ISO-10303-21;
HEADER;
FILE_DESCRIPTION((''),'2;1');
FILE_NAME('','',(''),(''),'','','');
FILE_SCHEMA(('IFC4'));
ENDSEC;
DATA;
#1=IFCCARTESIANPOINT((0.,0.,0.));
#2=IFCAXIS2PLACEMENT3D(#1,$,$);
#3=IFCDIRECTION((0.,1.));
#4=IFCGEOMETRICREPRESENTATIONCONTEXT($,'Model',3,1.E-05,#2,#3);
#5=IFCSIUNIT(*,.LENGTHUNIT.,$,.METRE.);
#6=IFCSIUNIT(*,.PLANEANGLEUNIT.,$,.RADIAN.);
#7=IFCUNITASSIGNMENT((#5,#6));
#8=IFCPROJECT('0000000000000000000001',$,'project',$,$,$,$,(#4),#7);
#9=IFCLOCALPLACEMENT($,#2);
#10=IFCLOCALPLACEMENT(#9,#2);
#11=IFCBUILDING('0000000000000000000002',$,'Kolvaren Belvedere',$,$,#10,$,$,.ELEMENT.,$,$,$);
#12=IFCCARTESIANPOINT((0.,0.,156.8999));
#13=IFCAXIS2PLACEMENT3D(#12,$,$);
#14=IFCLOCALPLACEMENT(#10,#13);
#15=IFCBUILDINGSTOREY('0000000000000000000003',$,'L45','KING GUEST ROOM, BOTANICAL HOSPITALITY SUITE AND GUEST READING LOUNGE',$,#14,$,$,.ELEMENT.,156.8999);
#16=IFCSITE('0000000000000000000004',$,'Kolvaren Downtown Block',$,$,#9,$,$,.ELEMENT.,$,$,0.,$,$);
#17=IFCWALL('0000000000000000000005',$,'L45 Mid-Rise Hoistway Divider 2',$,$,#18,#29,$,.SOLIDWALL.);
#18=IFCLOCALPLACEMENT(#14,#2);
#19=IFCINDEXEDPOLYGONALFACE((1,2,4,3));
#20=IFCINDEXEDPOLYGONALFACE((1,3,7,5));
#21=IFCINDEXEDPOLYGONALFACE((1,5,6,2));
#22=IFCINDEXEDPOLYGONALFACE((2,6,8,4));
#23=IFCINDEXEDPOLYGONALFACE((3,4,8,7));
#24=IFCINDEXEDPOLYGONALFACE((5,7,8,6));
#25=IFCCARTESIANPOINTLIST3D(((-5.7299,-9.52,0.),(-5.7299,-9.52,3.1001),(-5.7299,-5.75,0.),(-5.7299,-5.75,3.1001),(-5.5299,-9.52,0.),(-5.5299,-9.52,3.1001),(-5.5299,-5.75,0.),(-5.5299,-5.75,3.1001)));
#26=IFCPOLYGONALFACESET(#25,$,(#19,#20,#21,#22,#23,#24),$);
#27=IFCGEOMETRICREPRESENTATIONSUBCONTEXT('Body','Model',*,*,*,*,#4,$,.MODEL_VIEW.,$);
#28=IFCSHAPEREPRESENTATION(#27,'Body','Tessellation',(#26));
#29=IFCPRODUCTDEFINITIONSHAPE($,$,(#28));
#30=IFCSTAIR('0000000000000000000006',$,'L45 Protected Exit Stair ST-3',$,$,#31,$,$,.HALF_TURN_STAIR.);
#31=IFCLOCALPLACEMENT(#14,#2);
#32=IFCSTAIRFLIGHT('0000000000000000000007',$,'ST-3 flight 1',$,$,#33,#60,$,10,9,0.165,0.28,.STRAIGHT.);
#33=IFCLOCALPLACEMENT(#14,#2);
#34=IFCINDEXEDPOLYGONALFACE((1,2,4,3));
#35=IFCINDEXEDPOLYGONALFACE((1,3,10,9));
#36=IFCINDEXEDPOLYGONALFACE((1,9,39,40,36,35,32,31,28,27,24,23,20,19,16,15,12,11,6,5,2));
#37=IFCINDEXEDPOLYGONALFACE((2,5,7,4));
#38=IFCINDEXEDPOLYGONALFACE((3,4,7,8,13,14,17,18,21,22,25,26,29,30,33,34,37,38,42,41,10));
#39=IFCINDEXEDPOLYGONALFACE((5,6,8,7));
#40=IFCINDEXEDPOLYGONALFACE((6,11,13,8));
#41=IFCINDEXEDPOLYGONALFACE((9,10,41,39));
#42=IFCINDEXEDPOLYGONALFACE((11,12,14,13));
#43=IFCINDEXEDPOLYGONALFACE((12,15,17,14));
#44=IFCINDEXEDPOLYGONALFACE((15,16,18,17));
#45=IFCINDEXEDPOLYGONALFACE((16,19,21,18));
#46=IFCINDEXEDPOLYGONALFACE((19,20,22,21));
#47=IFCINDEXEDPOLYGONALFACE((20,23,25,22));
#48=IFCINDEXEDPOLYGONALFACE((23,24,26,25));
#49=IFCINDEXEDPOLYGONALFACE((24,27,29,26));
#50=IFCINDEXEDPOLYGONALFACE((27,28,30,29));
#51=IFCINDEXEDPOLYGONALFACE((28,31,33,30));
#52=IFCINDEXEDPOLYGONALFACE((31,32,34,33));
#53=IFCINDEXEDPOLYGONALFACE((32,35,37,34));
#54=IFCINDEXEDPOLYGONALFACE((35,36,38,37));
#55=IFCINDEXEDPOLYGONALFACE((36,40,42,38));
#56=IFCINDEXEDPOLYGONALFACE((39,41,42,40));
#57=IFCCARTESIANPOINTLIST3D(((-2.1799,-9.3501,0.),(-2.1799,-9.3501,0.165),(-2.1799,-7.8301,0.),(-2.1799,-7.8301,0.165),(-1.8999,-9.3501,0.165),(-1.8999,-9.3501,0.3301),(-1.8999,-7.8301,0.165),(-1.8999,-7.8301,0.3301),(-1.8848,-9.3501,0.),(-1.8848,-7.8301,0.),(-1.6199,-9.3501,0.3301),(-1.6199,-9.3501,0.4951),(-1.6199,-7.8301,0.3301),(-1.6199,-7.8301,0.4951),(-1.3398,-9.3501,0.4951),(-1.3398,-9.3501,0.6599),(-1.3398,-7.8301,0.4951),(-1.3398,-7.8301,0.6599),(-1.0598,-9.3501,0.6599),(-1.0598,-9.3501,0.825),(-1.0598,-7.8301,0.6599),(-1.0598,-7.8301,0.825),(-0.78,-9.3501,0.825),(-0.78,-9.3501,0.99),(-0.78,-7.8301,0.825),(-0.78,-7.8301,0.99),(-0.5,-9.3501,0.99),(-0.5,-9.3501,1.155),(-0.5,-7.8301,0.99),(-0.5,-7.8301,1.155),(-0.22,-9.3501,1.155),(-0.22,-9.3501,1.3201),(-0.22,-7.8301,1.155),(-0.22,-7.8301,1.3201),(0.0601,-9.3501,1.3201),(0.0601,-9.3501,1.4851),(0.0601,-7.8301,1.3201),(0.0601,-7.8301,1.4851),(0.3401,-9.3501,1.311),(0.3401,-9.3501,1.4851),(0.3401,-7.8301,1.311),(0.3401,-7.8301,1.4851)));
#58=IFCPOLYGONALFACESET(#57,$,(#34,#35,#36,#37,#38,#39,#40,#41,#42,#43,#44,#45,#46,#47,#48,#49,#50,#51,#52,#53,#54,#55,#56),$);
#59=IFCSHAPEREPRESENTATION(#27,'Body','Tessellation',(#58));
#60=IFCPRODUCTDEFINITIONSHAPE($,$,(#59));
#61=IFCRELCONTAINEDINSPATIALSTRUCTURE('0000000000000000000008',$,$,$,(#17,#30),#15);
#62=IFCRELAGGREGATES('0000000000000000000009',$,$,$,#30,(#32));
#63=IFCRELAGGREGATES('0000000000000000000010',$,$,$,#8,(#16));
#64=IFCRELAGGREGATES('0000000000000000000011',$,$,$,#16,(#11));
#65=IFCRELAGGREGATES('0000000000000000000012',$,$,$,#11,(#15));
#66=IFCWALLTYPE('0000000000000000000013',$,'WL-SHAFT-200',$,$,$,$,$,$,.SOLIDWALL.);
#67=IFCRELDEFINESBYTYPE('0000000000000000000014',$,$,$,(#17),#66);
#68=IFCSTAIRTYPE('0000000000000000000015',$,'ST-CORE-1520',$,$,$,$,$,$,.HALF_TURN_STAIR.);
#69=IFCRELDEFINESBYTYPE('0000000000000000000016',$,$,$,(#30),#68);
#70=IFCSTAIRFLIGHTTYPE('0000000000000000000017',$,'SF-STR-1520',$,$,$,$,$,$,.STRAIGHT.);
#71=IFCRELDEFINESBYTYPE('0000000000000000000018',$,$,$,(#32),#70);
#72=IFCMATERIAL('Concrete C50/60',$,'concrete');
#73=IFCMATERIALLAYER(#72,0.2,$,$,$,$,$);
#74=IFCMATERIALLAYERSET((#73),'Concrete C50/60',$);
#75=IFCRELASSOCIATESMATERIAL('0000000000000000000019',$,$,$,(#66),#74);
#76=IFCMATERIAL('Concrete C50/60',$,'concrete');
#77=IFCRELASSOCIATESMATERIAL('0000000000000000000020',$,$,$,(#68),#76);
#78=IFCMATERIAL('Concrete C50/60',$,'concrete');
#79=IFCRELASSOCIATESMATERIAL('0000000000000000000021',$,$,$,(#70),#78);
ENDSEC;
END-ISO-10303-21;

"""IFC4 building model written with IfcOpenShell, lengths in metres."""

from ifc_helpers import new_model, si_unit, direction, frame, frame_2d, origin, place, context, subcontext, project, spatial, polyline, rectangle, outline, extrude, material, layer, layer_set, type_object, element, aggregate, save


model = new_model("IFC4")

# Units and contexts
model_context = context("Model", 3, precision=1e-05, world=origin(), true_north=direction((0.0, 1.0)))
body_context = subcontext(model_context, "Body", "Model", "MODEL_VIEW")
ifc_project = project(units=[si_unit("LENGTHUNIT", "METRE"), si_unit("PLANEANGLEUNIT", "RADIAN")], contexts=[model_context])

# Site, building, storey
site_placement = place(None, origin())
site = spatial("IfcSite", under=ifc_project, at=site_placement, Name="Kolvaren Downtown Block", CompositionType="ELEMENT", RefElevation=0.0)
building_placement = place(site_placement, origin())
building = spatial("IfcBuilding", under=site, at=building_placement, Name="Kolvaren Belvedere", CompositionType="ELEMENT")
storey_placement = place(building_placement, frame((0.0, 0.0, 156.8999)))
storey = spatial("IfcBuildingStorey", under=building, at=storey_placement, Name="L45", Description="KING GUEST ROOM, BOTANICAL HOSPITALITY SUITE AND GUEST READING LOUNGE", CompositionType="ELEMENT", Elevation=156.8999)

# Shared definitions
ifc_material_1 = material(Name="Concrete C50/60", Category="concrete")
ifc_layer_1 = layer(ifc_material_1, 0.2)
ifc_layer_set_1 = layer_set([ifc_layer_1], Name="Concrete C50/60")
wall_type_1 = type_object("IfcWallType", Name="WL-SHAFT-200", PredefinedType="SOLIDWALL", material=ifc_layer_set_1)

# Wall
for number, where, z_axis, x_axis, name in (
    (1, (-5.6299, -9.52, 0.0), (0.0, 0.0, 1.0), (0.0, 1.0, 0.0), "L45 Mid-Rise Hoistway Divider 2"),
):
    element("IfcWall", number, at=place(storey_placement, frame(where, z_axis=z_axis, x_axis=x_axis)), inside=storey, type_object=wall_type_1, Name=name, PredefinedType="SOLIDWALL", context=body_context, shape_type="SweptSolid", body=[
        extrude(rectangle(XDim=3.77, YDim=0.2, at=frame_2d((1.885, 0.0))), origin(), (0.0, 0.0, 1.0), 3.1001),
    ])

# Stair, stair flight
ifc_material_2 = material(Name="Concrete C50/60", Category="concrete")
stair_type = type_object("IfcStairType", Name="ST-CORE-1520", PredefinedType="HALF_TURN_STAIR", material=ifc_material_2)
stair_placement = place(storey_placement, origin())
stair = element("IfcStair", 2, at=stair_placement, inside=storey, type_object=stair_type, Name="L45 Protected Exit Stair ST-3", PredefinedType="HALF_TURN_STAIR")
ifc_material_3 = material(Name="Concrete C50/60", Category="concrete")
stair_flight_type = type_object("IfcStairFlightType", Name="SF-STR-1520", PredefinedType="STRAIGHT", material=ifc_material_3)
stair_flight_placement = place(storey_placement, frame((-2.1799, -8.5901, 0.0), z_axis=(0.0, 0.0, 1.0), x_axis=(1.0, 0.0, 0.0)))
stair_flight = element("IfcStairFlight", 3, at=stair_flight_placement, type_object=stair_flight_type, Name="ST-3 flight 1", NumberOfRisers=10, NumberOfTreads=9, PredefinedType="STRAIGHT", RiserHeight=0.165, TreadLength=0.28, context=body_context, shape_type="SweptSolid", body=[
    extrude(outline(polyline([(0.0, 0.0), (0.0, 0.165), (0.28, 0.165), (0.28, 0.3301), (0.5601, 0.3301), (0.5601, 0.4951), (0.8401, 0.4951), (0.8401, 0.6599), (1.1201, 0.6599), (1.1201, 0.825), (1.3999, 0.825), (1.3999, 0.99), (1.6799, 0.99), (1.6799, 1.155), (1.96, 1.155), (1.96, 1.3201), (2.24, 1.3201), (2.24, 1.4851), (2.52, 1.4851), (2.52, 1.6499), (2.52, 1.311), (0.2952, 0.0), (0.0, 0.0)])), frame((0.0, 0.76, 0.0), z_axis=(0.0, -1.0, 0.0), x_axis=(1.0, 0.0, 0.0)), (0.0, 0.0, 1.0), 1.52),
])
aggregate(stair, [stair_flight])

save(model, "model.ifc")
